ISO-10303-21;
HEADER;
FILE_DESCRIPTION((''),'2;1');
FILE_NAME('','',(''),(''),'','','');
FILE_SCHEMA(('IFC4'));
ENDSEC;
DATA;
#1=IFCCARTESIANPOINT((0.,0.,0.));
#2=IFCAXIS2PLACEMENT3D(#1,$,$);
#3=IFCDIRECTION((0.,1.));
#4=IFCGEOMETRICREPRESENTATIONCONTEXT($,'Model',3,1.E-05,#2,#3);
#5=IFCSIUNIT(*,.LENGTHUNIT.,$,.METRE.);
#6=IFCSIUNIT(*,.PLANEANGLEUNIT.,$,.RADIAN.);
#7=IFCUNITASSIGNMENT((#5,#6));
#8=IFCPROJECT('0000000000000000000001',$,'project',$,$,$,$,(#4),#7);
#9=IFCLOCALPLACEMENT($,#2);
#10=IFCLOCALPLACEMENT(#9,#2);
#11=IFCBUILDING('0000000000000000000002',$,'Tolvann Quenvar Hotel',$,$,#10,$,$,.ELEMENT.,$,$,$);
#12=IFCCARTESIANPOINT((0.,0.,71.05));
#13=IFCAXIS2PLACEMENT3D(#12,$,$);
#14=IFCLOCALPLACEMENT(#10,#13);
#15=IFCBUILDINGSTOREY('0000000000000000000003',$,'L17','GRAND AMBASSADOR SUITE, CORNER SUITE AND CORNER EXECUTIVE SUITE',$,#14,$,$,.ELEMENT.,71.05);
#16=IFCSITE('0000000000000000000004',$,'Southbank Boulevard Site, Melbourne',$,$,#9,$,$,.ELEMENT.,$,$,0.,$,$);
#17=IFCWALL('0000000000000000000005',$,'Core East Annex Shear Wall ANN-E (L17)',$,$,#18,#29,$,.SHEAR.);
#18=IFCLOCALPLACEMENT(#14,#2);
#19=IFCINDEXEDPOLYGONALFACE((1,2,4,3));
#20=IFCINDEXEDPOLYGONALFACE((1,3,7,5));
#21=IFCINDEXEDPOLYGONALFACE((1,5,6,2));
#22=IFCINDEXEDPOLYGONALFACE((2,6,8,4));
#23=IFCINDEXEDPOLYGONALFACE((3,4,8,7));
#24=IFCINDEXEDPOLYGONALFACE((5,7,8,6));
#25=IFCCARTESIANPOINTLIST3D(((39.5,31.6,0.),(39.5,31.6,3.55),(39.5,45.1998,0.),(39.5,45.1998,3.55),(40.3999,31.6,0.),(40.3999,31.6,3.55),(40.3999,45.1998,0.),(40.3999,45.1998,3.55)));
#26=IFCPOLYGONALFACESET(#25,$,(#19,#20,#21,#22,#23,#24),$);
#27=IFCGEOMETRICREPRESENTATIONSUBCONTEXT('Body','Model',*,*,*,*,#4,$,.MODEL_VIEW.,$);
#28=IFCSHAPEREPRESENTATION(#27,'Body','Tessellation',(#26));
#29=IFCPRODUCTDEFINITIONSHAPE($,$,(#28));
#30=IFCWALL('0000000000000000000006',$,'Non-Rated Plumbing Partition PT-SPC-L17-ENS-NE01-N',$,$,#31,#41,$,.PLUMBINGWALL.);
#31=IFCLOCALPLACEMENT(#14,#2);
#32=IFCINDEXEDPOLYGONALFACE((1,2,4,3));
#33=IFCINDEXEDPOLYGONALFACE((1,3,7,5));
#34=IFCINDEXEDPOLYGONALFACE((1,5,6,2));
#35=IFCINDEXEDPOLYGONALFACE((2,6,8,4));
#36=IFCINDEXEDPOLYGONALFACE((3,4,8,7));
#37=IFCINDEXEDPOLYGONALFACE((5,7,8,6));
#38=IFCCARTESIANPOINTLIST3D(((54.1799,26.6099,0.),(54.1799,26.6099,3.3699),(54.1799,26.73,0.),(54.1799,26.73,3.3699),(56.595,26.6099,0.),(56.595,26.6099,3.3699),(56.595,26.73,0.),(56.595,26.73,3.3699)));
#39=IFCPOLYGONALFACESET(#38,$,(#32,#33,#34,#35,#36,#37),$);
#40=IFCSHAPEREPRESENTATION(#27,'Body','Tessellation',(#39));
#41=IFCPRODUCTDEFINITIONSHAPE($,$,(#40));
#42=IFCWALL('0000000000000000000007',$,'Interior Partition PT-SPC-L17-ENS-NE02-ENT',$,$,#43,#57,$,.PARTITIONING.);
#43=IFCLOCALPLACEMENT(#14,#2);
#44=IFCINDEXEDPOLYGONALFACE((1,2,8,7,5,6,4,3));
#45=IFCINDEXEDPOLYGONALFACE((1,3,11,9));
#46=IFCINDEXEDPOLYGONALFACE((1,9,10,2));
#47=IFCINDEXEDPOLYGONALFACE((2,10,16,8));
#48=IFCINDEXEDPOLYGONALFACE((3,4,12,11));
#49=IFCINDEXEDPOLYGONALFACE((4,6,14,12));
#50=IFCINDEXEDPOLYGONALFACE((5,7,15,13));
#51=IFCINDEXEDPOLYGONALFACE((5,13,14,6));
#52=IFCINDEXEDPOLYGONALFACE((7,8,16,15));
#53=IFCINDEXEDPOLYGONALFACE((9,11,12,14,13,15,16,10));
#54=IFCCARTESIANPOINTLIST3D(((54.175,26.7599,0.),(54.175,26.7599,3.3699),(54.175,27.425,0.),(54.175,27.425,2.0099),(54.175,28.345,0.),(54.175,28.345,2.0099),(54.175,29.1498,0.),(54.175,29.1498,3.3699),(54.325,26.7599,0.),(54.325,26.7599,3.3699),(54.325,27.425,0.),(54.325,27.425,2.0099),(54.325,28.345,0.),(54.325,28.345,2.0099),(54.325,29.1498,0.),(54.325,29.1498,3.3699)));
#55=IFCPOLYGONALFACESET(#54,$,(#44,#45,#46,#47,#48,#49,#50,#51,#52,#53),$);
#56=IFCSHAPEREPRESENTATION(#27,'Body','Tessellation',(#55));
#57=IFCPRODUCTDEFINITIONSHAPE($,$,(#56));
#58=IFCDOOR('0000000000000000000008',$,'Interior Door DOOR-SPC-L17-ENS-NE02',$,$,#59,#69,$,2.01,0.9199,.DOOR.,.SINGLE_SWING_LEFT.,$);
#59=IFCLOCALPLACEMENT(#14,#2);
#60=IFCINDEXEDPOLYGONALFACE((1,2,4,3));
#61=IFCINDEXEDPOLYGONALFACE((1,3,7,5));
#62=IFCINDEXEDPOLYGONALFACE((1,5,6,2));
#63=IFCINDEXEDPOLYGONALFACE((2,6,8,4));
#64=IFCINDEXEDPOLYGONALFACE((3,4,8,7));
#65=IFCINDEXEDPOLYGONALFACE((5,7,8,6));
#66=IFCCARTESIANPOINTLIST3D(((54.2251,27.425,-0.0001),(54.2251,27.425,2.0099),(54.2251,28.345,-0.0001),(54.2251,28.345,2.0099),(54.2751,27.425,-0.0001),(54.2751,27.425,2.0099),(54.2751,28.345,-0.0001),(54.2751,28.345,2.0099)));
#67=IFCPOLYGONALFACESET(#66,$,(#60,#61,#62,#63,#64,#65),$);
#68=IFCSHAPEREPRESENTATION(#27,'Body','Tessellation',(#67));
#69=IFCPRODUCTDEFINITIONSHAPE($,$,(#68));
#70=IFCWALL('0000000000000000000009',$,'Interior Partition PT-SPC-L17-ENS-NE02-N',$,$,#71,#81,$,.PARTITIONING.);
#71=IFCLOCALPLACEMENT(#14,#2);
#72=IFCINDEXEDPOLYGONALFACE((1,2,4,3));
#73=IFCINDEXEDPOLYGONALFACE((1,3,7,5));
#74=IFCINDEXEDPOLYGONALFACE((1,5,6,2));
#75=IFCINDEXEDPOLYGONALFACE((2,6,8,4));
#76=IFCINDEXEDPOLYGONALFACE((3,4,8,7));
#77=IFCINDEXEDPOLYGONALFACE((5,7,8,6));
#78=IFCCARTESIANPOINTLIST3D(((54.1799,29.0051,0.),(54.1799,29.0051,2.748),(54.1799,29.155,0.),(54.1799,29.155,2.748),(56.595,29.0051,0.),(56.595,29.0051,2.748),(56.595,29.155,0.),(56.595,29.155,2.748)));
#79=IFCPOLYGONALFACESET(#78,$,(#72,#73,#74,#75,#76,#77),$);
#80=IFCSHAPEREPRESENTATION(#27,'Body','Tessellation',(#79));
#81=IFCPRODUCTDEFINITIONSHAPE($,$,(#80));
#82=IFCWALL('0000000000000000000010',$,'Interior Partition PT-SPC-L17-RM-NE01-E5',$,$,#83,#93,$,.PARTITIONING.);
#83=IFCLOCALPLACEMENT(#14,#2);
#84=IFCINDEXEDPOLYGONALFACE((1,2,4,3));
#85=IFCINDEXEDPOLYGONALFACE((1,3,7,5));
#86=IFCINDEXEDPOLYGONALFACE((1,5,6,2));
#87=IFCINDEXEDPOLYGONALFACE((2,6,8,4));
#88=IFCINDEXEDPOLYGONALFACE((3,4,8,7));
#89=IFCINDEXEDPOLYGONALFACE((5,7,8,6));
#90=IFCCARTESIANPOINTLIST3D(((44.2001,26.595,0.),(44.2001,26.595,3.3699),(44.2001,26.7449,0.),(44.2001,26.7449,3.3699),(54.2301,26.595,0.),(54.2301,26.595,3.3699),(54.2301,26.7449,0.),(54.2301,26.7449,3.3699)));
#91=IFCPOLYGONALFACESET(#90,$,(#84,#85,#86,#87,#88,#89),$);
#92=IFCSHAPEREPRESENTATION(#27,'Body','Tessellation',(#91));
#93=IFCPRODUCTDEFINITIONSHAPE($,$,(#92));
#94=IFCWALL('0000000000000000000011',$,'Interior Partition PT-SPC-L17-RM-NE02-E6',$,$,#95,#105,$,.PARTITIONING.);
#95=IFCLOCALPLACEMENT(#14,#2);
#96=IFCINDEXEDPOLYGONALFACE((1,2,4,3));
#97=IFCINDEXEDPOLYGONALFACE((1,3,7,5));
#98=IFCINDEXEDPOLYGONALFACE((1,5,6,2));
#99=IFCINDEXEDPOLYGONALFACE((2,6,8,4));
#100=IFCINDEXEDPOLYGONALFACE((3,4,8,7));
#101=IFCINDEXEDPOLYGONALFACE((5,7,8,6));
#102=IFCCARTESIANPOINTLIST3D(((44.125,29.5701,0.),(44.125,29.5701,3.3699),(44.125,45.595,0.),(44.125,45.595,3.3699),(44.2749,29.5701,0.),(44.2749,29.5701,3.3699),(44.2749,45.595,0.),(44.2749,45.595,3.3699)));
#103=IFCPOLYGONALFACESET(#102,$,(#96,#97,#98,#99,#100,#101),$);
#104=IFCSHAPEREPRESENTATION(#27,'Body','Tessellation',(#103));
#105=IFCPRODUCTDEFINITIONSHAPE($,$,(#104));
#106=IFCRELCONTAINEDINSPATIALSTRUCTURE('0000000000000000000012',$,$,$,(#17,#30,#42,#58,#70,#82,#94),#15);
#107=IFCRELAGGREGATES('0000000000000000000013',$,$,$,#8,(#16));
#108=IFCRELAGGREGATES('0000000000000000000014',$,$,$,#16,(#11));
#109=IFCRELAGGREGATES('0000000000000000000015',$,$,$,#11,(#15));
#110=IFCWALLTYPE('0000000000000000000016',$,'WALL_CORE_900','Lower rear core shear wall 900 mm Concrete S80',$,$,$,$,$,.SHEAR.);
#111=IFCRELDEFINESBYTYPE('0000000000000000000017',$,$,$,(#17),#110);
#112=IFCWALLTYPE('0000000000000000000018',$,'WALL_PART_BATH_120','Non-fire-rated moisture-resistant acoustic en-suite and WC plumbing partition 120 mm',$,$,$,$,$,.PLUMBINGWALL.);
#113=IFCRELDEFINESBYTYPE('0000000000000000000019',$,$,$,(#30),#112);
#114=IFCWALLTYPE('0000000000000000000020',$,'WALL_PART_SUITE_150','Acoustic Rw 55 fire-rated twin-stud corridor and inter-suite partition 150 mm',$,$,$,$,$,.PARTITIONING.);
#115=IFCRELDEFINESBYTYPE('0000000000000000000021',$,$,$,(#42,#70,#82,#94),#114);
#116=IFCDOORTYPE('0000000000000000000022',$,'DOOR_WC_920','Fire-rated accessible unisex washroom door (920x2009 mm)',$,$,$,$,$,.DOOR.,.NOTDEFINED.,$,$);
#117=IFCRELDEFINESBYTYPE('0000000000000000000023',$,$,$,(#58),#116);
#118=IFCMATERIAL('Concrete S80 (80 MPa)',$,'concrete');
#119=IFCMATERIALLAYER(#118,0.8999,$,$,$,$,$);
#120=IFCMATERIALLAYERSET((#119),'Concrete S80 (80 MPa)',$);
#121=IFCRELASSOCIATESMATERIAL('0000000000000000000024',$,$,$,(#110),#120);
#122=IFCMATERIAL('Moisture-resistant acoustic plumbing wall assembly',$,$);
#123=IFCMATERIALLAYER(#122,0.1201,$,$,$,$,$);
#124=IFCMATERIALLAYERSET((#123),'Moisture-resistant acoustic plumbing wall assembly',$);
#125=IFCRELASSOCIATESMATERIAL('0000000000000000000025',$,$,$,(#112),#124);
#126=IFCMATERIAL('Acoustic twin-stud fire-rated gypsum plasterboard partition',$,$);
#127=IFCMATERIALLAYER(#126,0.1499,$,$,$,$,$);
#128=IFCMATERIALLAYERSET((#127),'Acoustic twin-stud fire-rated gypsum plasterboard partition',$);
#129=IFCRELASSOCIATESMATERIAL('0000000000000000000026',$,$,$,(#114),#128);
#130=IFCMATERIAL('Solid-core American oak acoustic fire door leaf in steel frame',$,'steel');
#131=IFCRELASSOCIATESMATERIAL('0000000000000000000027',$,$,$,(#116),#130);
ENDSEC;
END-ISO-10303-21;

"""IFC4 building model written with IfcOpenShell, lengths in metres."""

from ifc_helpers import new_model, si_unit, direction, frame, frame_2d, origin, place, context, subcontext, project, spatial, rectangle, extrude, source, transform, mapped, material, layer, layer_set, type_object, type_shapes, element, fill, save


model = new_model("IFC4")

# Units and contexts
model_context = context("Model", 3, precision=1e-05, world=origin(), true_north=direction((0.0, 1.0)))
body_context = subcontext(model_context, "Body", "Model", "MODEL_VIEW")
ifc_project = project(units=[si_unit("LENGTHUNIT", "METRE"), si_unit("PLANEANGLEUNIT", "RADIAN")], contexts=[model_context])

# Site, building, storey
site_placement = place(None, origin())
site = spatial("IfcSite", under=ifc_project, at=site_placement, Name="Southbank Boulevard Site, Melbourne", CompositionType="ELEMENT", RefElevation=0.0)
building_placement = place(site_placement, origin())
building = spatial("IfcBuilding", under=site, at=building_placement, Name="Tolvann Quenvar Hotel", CompositionType="ELEMENT")
storey_placement = place(building_placement, frame((0.0, 0.0, 71.05)))
storey = spatial("IfcBuildingStorey", under=building, at=storey_placement, Name="L17", Description="GRAND AMBASSADOR SUITE, CORNER SUITE AND CORNER EXECUTIVE SUITE", CompositionType="ELEMENT", Elevation=71.05)

# Walls
ifc_material_1 = material(Name="Concrete S80 (80 MPa)", Category="concrete")
ifc_layer_1 = layer(ifc_material_1, 0.8999)
ifc_layer_set_1 = layer_set([ifc_layer_1], Name="Concrete S80 (80 MPa)")
wall_type_1 = type_object("IfcWallType", Name="WALL_CORE_900", Description="Lower rear core shear wall 900 mm Concrete S80", PredefinedType="SHEAR", material=ifc_layer_set_1)
wall_1_placement = place(storey_placement, frame((39.95, 31.6001, 0.0), z_axis=(0.0, 0.0, 1.0), x_axis=(0.0, 1.0, 0.0)))
element("IfcWall", 1, at=wall_1_placement, inside=storey, type_object=wall_type_1, Name="Core East Annex Shear Wall ANN-E (L17)", PredefinedType="SHEAR", context=body_context, shape_type="SweptSolid", body=[
    extrude(rectangle(XDim=13.5999, YDim=0.8999, at=frame_2d((6.7998, 0.0))), origin(), (0.0, 0.0, 1.0), 3.55),
])
ifc_material_2 = material(Name="Moisture-resistant acoustic plumbing wall assembly")
ifc_layer_2 = layer(ifc_material_2, 0.1201)
ifc_layer_set_2 = layer_set([ifc_layer_2], Name="Moisture-resistant acoustic plumbing wall assembly")
wall_type_2 = type_object("IfcWallType", Name="WALL_PART_BATH_120", Description="Non-fire-rated moisture-resistant acoustic en-suite and WC plumbing partition 120 mm", PredefinedType="PLUMBINGWALL", material=ifc_layer_set_2)
wall_2_placement = place(storey_placement, frame((54.1799, 26.6699, 0.0), z_axis=(0.0, 0.0, 1.0), x_axis=(1.0, 0.0, 0.0)))
element("IfcWall", 2, at=wall_2_placement, inside=storey, type_object=wall_type_2, Name="Non-Rated Plumbing Partition PT-SPC-L17-ENS-NE01-N", PredefinedType="PLUMBINGWALL", context=body_context, shape_type="SweptSolid", body=[
    extrude(rectangle(XDim=2.415, YDim=0.1201, at=frame_2d((1.2075, 0.0))), origin(), (0.0, 0.0, 1.0), 3.3699),
])

# Wall, opening, door
ifc_material_3 = material(Name="Acoustic twin-stud fire-rated gypsum plasterboard partition")
ifc_layer_3 = layer(ifc_material_3, 0.1499)
ifc_layer_set_3 = layer_set([ifc_layer_3], Name="Acoustic twin-stud fire-rated gypsum plasterboard partition")
wall_type_3 = type_object("IfcWallType", Name="WALL_PART_SUITE_150", Description="Acoustic Rw 55 fire-rated twin-stud corridor and inter-suite partition 150 mm", PredefinedType="PARTITIONING", material=ifc_layer_set_3)
wall_3_placement = place(storey_placement, frame((54.25, 26.76, 0.0), z_axis=(0.0, 0.0, 1.0), x_axis=(0.0, 1.0, 0.0)))
wall_3 = element("IfcWall", 3, at=wall_3_placement, inside=storey, type_object=wall_type_3, Name="Interior Partition PT-SPC-L17-ENS-NE02-ENT", PredefinedType="PARTITIONING", context=body_context, shape_type="SweptSolid", body=[
    extrude(rectangle(XDim=2.3899, YDim=0.1499, at=frame_2d((1.1948, 0.0))), origin(), (0.0, 0.0, 1.0), 3.3699),
])
opening_1_placement = place(wall_3_placement, frame((0.665, 0.0, 0.0)))
opening_1 = element("IfcOpeningElement", 4, at=opening_1_placement, cuts=wall_3, PredefinedType="OPENING", context=body_context, shape_type="SweptSolid", body=[
    extrude(rectangle(XDim=0.9199, YDim=2.01, at=frame_2d((0.46, 1.0049))), frame((0.0, 0.085, 0.0), z_axis=(0.0, -1.0, 0.0), x_axis=(1.0, 0.0, 0.0)), (0.0, 0.0, 1.0), 0.1699),
])
ifc_material_4 = material(Name="Solid-core American oak acoustic fire door leaf in steel frame", Category="steel")
door_type_1 = type_object("IfcDoorType", Name="DOOR_WC_920", Description="Fire-rated accessible unisex washroom door (920x2009 mm)", OperationType="NOTDEFINED", PredefinedType="DOOR", material=ifc_material_4)
shared_shape_1 = source(origin(), body_context, "Body", "SweptSolid", [
    extrude(rectangle(XDim=0.9199, YDim=2.01, at=frame_2d((0.46, 1.0049))), frame((0.0, 0.0249, 0.0), z_axis=(0.0, -1.0, 0.0), x_axis=(1.0, 0.0, 0.0)), (0.0, 0.0, 1.0), 0.05),
])
type_shapes(door_type_1, [shared_shape_1])
door_1_placement = place(opening_1_placement, origin())
door_1 = element("IfcDoor", 5, at=door_1_placement, inside=storey, type_object=door_type_1, Name="Interior Door DOOR-SPC-L17-ENS-NE02", OperationType="SINGLE_SWING_LEFT", OverallHeight=2.01, OverallWidth=0.9199, PredefinedType="DOOR", context=body_context, shape_type="MappedRepresentation", body=[
    mapped(shared_shape_1, transform((0.0, 0.0, 0.0), x_axis=(1.0, 0.0, 0.0), y_axis=(0.0, 1.0, 0.0), z_axis=(0.0, 0.0, 1.0), scale=1.0)),
])
fill(opening_1, door_1)

# Walls
wall_4_placement = place(storey_placement, frame((54.1799, 29.0801, 0.0), z_axis=(0.0, 0.0, 1.0), x_axis=(1.0, 0.0, 0.0)))
element("IfcWall", 6, at=wall_4_placement, inside=storey, type_object=wall_type_3, Name="Interior Partition PT-SPC-L17-ENS-NE02-N", PredefinedType="PARTITIONING", context=body_context, shape_type="SweptSolid", body=[
    extrude(rectangle(XDim=2.415, YDim=0.1499, at=frame_2d((1.2075, 0.0))), origin(), (0.0, 0.0, 1.0), 2.748),
])
wall_5_placement = place(storey_placement, frame((44.2, 26.6699, 0.0), z_axis=(0.0, 0.0, 1.0), x_axis=(1.0, 0.0, 0.0)))
element("IfcWall", 7, at=wall_5_placement, inside=storey, type_object=wall_type_3, Name="Interior Partition PT-SPC-L17-RM-NE01-E5", PredefinedType="PARTITIONING", context=body_context, shape_type="SweptSolid", body=[
    extrude(rectangle(XDim=10.03, YDim=0.1499, at=frame_2d((5.0151, 0.0))), origin(), (0.0, 0.0, 1.0), 3.3699),
])

# Wall
wall_6_placement = place(storey_placement, frame((44.2, 29.5701, 0.0), z_axis=(0.0, 0.0, 1.0), x_axis=(0.0, 1.0, 0.0)))
element("IfcWall", 8, at=wall_6_placement, inside=storey, type_object=wall_type_3, Name="Interior Partition PT-SPC-L17-RM-NE02-E6", PredefinedType="PARTITIONING", context=body_context, shape_type="SweptSolid", body=[
    extrude(rectangle(XDim=16.0249, YDim=0.1499, at=frame_2d((8.0125, 0.0))), origin(), (0.0, 0.0, 1.0), 3.3699),
])

save(model, "model.ifc")
